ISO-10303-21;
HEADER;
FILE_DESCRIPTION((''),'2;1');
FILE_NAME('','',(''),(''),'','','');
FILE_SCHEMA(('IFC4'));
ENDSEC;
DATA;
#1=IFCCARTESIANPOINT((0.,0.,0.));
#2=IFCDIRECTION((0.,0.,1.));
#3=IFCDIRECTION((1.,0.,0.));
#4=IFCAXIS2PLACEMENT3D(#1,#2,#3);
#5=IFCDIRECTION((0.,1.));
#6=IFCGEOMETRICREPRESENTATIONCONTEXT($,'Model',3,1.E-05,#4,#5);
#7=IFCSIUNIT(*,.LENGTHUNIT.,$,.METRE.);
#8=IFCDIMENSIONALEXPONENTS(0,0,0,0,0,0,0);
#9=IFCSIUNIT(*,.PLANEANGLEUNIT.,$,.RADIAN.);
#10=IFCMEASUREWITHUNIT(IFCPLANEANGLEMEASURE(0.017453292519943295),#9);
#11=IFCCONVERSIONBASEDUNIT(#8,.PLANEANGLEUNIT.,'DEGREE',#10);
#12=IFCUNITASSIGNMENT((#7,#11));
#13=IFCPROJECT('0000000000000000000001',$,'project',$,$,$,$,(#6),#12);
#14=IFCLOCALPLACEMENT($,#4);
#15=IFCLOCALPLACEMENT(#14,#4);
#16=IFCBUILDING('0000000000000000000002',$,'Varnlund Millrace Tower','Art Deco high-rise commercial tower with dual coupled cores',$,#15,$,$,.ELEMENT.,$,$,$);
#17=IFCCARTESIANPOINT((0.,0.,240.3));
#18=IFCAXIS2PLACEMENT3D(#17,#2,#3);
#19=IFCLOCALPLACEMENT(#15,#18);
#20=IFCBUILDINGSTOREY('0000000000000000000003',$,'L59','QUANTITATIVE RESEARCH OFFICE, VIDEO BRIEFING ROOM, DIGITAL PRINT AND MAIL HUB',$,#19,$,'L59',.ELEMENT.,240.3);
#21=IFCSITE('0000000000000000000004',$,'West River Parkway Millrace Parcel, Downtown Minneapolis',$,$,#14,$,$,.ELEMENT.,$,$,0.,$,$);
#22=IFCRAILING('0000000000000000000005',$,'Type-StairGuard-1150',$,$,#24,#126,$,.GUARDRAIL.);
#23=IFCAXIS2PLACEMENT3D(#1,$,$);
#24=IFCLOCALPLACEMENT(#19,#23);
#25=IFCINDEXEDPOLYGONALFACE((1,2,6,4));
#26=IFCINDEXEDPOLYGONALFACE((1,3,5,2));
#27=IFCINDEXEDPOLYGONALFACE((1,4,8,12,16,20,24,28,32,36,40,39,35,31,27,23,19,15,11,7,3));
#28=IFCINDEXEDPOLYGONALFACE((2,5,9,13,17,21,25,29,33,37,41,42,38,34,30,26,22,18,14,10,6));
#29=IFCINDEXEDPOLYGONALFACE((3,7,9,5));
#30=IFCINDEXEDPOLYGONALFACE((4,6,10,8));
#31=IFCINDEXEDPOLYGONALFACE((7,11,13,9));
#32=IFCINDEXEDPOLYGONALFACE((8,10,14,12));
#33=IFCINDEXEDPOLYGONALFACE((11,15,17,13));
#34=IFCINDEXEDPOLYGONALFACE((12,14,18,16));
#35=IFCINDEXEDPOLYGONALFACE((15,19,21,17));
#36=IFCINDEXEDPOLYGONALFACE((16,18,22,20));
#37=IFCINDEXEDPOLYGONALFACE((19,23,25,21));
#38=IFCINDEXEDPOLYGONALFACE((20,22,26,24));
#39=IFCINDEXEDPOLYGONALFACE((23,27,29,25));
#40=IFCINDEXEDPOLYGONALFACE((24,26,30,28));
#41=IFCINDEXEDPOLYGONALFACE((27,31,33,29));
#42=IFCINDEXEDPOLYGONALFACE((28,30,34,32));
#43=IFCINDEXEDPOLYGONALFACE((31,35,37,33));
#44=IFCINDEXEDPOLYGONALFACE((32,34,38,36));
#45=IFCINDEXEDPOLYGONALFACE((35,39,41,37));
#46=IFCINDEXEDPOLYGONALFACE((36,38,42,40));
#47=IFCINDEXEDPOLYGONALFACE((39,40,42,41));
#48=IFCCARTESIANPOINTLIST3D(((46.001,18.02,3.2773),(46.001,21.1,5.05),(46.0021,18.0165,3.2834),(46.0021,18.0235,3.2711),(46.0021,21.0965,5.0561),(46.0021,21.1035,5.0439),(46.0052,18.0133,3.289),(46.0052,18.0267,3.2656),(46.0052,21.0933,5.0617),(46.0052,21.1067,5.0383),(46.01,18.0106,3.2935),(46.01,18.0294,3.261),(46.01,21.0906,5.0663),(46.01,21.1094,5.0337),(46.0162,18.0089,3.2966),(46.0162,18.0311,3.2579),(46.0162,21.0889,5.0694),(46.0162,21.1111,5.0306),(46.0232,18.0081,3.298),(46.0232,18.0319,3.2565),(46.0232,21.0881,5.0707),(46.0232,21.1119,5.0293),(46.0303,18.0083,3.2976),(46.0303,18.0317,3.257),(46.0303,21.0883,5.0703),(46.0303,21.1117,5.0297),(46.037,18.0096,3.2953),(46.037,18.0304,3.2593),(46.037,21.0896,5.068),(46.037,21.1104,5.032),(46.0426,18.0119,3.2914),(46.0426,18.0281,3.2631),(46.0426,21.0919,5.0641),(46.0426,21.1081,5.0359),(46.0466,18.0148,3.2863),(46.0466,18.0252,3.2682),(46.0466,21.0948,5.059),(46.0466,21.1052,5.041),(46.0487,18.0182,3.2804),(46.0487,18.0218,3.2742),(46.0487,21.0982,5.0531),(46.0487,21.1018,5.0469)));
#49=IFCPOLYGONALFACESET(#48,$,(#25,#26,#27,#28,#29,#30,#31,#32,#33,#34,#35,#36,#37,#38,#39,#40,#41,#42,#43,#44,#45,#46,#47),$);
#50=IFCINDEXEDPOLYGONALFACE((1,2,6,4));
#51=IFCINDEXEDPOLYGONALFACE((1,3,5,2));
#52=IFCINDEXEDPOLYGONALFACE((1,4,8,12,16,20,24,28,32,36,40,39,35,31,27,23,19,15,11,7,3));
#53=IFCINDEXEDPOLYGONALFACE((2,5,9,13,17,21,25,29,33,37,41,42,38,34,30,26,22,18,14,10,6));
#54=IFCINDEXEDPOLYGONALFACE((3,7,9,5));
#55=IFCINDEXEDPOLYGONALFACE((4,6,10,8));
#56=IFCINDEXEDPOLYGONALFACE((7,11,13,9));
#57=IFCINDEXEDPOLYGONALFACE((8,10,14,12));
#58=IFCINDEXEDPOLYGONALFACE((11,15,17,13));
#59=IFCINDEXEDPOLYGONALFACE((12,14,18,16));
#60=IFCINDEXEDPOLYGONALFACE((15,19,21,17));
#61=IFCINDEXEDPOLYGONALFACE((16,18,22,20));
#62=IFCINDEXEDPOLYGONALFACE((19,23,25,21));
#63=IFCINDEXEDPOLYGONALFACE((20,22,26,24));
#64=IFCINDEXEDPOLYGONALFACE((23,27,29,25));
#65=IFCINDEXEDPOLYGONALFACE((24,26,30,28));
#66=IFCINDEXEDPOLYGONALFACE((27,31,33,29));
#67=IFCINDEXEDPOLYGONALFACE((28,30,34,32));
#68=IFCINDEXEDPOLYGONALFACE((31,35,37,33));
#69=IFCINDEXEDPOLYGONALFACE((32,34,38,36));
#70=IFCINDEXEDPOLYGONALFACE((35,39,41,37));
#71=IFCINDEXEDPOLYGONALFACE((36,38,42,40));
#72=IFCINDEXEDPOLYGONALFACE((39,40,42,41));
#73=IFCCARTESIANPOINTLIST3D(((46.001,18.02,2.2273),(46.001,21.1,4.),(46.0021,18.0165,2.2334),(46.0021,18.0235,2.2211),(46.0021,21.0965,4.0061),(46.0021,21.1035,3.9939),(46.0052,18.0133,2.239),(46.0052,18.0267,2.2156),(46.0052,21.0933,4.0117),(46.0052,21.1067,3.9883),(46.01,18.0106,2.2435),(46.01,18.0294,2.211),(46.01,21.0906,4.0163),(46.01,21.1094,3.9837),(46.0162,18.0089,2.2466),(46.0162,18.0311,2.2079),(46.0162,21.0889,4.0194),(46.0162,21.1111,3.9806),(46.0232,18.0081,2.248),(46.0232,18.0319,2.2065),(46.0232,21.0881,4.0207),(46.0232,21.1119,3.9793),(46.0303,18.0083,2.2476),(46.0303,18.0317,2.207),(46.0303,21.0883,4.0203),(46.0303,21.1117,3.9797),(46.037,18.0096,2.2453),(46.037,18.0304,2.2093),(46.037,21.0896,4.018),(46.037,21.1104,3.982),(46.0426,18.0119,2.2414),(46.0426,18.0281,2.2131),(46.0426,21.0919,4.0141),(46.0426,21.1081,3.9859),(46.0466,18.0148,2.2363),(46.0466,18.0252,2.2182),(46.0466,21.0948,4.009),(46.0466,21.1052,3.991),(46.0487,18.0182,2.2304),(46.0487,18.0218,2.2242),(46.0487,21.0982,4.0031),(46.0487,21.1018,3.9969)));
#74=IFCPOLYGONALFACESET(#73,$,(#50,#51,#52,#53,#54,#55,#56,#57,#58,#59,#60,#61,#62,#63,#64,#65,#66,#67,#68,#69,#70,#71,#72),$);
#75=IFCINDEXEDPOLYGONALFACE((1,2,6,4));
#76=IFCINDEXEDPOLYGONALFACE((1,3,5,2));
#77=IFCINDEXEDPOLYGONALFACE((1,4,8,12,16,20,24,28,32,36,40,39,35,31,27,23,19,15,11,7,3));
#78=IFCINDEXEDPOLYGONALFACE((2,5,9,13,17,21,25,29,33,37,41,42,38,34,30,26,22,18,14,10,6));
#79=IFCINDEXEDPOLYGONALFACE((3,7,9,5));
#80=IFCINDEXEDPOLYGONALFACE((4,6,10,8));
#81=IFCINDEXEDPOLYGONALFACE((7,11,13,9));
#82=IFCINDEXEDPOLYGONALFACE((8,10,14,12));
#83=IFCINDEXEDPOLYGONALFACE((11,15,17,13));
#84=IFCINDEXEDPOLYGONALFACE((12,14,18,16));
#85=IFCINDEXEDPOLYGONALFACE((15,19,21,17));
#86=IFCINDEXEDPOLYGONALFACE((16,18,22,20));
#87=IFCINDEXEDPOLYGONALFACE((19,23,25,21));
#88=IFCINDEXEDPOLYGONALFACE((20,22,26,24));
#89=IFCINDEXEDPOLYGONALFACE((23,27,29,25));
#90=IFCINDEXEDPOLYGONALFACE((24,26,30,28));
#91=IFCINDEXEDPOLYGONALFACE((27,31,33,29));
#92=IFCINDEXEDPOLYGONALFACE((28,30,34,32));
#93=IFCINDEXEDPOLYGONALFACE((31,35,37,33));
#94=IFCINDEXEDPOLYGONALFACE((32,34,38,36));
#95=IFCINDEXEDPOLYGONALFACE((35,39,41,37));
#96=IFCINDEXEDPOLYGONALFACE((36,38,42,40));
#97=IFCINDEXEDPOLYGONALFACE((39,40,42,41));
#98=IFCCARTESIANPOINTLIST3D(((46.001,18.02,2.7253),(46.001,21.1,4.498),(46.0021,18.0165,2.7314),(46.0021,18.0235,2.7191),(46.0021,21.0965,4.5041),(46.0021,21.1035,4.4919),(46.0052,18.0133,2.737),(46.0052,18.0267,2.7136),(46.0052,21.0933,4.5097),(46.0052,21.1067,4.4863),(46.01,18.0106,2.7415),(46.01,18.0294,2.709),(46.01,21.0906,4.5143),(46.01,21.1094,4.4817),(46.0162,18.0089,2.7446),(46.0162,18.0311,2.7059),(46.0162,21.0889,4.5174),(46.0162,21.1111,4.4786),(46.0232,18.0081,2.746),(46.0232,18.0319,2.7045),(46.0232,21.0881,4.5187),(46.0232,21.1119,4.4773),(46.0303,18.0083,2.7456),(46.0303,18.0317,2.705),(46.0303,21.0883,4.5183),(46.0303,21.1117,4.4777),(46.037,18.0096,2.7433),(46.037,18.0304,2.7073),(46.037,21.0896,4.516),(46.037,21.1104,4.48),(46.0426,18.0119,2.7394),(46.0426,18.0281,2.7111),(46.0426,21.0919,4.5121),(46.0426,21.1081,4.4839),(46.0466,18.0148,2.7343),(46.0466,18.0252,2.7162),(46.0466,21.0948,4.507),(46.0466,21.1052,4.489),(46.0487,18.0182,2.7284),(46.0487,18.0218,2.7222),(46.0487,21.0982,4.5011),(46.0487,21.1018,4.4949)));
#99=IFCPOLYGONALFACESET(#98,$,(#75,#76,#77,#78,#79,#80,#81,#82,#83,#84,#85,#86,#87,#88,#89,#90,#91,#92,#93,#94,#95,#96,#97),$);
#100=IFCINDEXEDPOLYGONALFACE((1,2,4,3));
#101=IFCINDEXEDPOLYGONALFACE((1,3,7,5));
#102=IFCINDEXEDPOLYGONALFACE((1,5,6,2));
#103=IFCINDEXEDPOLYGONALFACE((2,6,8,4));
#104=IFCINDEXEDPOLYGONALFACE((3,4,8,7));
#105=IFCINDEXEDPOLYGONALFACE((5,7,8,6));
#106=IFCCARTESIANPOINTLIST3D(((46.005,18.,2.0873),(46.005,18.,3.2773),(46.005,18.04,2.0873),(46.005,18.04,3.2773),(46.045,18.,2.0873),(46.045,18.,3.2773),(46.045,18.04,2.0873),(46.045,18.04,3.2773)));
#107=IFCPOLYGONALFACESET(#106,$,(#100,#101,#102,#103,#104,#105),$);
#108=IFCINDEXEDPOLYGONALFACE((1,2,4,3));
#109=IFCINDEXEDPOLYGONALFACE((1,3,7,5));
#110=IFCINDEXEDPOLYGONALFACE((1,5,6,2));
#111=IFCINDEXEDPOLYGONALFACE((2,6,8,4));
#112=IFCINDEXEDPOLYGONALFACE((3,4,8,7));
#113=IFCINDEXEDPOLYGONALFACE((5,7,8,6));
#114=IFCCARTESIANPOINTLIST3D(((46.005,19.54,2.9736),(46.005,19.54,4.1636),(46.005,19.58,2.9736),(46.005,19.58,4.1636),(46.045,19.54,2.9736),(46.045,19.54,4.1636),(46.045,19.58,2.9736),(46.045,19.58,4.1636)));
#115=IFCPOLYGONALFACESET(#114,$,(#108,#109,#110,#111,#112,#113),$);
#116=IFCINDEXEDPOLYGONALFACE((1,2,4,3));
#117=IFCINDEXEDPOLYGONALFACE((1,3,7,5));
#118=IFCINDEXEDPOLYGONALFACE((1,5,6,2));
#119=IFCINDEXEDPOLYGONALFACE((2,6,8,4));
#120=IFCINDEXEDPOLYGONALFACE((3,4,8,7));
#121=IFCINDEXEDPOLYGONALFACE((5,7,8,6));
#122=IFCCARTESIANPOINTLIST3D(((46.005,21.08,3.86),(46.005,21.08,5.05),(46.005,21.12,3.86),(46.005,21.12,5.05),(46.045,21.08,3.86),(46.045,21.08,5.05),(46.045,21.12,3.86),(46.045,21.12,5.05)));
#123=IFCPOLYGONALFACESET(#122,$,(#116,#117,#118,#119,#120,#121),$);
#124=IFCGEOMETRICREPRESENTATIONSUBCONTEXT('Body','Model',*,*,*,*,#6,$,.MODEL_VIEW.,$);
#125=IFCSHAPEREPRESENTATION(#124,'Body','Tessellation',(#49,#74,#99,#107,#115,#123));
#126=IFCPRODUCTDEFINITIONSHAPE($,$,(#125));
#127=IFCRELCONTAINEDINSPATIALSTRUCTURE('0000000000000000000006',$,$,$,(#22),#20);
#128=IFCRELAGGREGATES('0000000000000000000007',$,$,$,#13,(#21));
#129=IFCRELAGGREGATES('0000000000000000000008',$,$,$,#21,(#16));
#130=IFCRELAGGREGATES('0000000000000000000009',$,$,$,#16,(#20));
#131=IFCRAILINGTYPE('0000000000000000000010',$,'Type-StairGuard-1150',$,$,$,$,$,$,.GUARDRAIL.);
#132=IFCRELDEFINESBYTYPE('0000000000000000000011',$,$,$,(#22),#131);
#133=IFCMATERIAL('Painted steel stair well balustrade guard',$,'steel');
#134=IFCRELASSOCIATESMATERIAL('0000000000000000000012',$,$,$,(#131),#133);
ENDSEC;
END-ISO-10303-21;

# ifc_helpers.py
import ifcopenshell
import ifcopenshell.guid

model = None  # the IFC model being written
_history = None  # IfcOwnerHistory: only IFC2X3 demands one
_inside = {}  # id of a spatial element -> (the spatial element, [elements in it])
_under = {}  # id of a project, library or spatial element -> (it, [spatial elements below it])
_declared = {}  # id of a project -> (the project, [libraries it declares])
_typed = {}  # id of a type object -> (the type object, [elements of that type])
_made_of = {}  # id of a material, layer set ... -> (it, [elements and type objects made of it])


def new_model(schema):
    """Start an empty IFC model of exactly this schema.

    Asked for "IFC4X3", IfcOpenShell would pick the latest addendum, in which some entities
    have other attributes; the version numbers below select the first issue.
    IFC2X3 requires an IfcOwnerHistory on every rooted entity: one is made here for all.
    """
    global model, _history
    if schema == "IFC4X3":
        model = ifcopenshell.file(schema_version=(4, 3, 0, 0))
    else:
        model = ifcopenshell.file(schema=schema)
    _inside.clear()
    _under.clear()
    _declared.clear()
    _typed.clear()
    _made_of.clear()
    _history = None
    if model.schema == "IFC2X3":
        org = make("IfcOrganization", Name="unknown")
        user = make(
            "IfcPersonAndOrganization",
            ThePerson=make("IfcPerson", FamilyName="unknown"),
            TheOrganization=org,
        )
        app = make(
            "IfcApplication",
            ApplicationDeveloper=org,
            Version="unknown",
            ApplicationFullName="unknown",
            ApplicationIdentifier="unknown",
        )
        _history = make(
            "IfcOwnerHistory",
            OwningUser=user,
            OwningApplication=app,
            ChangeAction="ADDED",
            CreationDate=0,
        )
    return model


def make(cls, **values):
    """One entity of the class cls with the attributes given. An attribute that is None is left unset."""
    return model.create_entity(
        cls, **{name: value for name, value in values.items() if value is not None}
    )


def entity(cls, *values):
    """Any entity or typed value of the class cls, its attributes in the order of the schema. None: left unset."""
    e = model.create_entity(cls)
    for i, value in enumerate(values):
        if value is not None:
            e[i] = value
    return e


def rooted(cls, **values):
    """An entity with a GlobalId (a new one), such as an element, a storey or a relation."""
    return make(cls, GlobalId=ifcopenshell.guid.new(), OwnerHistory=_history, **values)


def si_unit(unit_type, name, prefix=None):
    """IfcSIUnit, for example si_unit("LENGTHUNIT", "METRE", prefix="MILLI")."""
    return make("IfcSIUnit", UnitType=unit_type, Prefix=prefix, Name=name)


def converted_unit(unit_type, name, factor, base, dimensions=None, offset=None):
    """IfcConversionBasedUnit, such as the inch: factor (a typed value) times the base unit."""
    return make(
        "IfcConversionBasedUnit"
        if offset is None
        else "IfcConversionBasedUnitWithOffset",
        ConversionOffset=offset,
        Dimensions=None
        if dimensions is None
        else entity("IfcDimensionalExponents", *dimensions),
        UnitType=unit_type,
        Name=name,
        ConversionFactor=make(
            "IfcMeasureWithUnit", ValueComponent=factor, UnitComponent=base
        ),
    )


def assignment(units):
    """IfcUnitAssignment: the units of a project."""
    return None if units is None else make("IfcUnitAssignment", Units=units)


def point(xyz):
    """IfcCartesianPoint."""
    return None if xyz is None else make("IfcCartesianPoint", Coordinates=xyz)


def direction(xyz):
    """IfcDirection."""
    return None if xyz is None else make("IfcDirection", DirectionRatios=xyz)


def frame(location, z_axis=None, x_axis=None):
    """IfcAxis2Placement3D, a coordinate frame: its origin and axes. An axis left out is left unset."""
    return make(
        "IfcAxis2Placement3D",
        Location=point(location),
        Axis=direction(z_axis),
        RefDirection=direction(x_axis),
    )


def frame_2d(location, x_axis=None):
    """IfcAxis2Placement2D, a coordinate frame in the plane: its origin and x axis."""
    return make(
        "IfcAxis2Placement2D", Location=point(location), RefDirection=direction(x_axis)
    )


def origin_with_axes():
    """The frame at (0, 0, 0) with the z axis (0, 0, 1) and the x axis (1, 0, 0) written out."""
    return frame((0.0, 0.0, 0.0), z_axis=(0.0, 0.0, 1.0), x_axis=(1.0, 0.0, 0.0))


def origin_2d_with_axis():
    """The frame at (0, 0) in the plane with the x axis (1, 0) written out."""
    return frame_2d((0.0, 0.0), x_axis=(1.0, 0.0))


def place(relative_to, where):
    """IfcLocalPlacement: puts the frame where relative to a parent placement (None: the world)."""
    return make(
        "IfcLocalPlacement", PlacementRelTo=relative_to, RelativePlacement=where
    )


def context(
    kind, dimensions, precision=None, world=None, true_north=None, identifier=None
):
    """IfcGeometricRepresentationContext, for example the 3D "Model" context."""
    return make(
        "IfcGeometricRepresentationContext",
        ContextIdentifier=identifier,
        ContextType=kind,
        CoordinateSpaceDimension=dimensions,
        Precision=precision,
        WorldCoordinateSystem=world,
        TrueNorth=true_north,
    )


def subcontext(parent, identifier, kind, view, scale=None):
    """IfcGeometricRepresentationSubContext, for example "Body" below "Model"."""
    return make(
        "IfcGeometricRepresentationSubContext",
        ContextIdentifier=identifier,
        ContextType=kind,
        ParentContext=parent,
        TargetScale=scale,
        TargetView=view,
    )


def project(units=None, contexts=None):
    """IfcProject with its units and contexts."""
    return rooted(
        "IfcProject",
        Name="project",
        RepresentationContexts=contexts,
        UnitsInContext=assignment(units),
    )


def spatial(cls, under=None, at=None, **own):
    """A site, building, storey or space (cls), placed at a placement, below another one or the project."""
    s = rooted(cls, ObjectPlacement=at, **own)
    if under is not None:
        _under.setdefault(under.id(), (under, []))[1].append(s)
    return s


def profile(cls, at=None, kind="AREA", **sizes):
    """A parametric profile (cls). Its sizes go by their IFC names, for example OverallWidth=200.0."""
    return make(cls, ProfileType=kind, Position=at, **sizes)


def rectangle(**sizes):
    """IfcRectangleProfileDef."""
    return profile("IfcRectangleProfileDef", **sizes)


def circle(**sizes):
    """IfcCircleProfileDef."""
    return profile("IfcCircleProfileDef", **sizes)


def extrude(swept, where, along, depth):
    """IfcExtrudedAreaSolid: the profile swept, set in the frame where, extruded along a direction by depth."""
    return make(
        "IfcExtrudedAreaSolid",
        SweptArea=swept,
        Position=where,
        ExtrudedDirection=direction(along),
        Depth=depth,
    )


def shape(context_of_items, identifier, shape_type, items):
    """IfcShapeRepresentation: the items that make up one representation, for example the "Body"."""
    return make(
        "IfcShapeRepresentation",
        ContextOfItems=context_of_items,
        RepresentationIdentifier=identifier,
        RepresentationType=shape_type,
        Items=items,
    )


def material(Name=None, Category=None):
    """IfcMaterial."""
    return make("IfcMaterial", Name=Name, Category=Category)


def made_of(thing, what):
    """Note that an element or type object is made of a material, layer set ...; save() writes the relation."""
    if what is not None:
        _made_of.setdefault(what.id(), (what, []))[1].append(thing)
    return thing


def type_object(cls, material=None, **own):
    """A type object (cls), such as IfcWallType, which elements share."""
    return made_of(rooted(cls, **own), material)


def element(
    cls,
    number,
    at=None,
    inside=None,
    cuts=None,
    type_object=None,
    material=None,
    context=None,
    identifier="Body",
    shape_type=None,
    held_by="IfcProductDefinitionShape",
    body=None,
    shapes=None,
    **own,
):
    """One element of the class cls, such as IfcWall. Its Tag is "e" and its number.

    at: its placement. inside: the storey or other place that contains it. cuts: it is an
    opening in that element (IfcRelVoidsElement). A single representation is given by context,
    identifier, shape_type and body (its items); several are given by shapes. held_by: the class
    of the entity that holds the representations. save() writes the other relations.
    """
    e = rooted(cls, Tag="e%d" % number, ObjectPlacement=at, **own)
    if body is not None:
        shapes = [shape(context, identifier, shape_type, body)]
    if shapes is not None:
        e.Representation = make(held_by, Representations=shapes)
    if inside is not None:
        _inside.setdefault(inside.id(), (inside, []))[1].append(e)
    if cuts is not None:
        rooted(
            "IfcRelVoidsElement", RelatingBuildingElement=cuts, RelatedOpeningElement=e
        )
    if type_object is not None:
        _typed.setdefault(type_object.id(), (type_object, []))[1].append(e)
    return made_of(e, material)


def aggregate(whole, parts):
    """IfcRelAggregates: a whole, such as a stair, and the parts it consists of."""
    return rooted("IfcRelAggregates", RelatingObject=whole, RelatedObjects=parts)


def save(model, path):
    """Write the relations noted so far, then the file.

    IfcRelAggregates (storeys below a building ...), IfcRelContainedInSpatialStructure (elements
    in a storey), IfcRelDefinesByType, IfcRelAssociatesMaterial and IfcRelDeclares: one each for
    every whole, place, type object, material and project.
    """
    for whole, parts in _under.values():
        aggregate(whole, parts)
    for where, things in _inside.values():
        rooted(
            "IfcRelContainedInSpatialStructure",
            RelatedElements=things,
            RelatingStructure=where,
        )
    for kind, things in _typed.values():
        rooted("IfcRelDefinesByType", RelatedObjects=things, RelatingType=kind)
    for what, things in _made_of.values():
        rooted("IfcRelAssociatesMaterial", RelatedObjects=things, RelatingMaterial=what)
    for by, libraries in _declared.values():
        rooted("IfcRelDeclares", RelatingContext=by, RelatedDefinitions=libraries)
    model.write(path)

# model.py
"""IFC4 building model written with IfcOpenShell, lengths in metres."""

from ifc_helpers import new_model, entity, si_unit, converted_unit, direction, frame, origin_with_axes, origin_2d_with_axis, place, context, subcontext, project, spatial, rectangle, circle, extrude, material, type_object, element, save


model = new_model("IFC4")

# Units and contexts
model_context = context("Model", 3, precision=1e-05, world=origin_with_axes(), true_north=direction((0.0, 1.0)))
body_context = subcontext(model_context, "Body", "Model", "MODEL_VIEW")
ifc_project = project(units=[si_unit("LENGTHUNIT", "METRE"), converted_unit("PLANEANGLEUNIT", "DEGREE", entity("IfcPlaneAngleMeasure", 0.017453292519943295), si_unit("PLANEANGLEUNIT", "RADIAN"), dimensions=[0, 0, 0, 0, 0, 0, 0])], contexts=[model_context])

# Site, building, storey
site_placement = place(None, origin_with_axes())
site = spatial("IfcSite", under=ifc_project, at=site_placement, Name="West River Parkway Millrace Parcel, Downtown Minneapolis", CompositionType="ELEMENT", RefElevation=0.0)
building_placement = place(site_placement, origin_with_axes())
building = spatial("IfcBuilding", under=site, at=building_placement, Name="Varnlund Millrace Tower", Description="Art Deco high-rise commercial tower with dual coupled cores", CompositionType="ELEMENT")
storey_placement = place(building_placement, frame((0.0, 0.0, 240.3), z_axis=(0.0, 0.0, 1.0), x_axis=(1.0, 0.0, 0.0)))
storey = spatial("IfcBuildingStorey", under=building, at=storey_placement, Name="L59", Description="QUANTITATIVE RESEARCH OFFICE, VIDEO BRIEFING ROOM, DIGITAL PRINT AND MAIL HUB", LongName="L59", CompositionType="ELEMENT", Elevation=240.3)

# Railing
ifc_material_1 = material(Name="Painted steel stair well balustrade guard", Category="steel")
railing_type_1 = type_object("IfcRailingType", Name="Type-StairGuard-1150", PredefinedType="GUARDRAIL", material=ifc_material_1)
railing_1_placement = place(storey_placement, frame((0.0, 0.0, -240.3), z_axis=(0.0, 0.0, 1.0), x_axis=(1.0, 0.0, 0.0)))
element("IfcRailing", 1, at=railing_1_placement, inside=storey, type_object=railing_type_1, Name="Type-StairGuard-1150", PredefinedType="GUARDRAIL", context=body_context, shape_type="SweptSolid", body=[
    extrude(circle(Radius=0.024, at=origin_2d_with_axis()), frame((46.025, 18.02, 243.5773), z_axis=(0.0, 0.866696, 0.498836), x_axis=(-1.0, 0.0, 0.0)), (0.0, 0.0, 1.0), 3.5537),
    extrude(circle(Radius=0.024, at=origin_2d_with_axis()), frame((46.025, 18.02, 242.5273), z_axis=(0.0, 0.866696, 0.498836), x_axis=(-1.0, 0.0, 0.0)), (0.0, 0.0, 1.0), 3.5537),
    extrude(circle(Radius=0.024, at=origin_2d_with_axis()), frame((46.025, 18.02, 243.0253), z_axis=(0.0, 0.866696, 0.498836), x_axis=(-1.0, 0.0, 0.0)), (0.0, 0.0, 1.0), 3.5537),
    extrude(rectangle(XDim=0.04, YDim=0.04, at=origin_2d_with_axis()), frame((46.025, 18.02, 242.3873), z_axis=(0.0, 0.0, 1.0), x_axis=(1.0, 0.0, 0.0)), (0.0, 0.0, 1.0), 1.19),
    extrude(rectangle(XDim=0.04, YDim=0.04, at=origin_2d_with_axis()), frame((46.025, 19.56, 243.2736), z_axis=(0.0, 0.0, 1.0), x_axis=(1.0, 0.0, 0.0)), (0.0, 0.0, 1.0), 1.19),
    extrude(rectangle(XDim=0.04, YDim=0.04, at=origin_2d_with_axis()), frame((46.025, 21.1, 244.16), z_axis=(0.0, 0.0, 1.0), x_axis=(1.0, 0.0, 0.0)), (0.0, 0.0, 1.0), 1.19),
])

save(model, "model.ifc")
